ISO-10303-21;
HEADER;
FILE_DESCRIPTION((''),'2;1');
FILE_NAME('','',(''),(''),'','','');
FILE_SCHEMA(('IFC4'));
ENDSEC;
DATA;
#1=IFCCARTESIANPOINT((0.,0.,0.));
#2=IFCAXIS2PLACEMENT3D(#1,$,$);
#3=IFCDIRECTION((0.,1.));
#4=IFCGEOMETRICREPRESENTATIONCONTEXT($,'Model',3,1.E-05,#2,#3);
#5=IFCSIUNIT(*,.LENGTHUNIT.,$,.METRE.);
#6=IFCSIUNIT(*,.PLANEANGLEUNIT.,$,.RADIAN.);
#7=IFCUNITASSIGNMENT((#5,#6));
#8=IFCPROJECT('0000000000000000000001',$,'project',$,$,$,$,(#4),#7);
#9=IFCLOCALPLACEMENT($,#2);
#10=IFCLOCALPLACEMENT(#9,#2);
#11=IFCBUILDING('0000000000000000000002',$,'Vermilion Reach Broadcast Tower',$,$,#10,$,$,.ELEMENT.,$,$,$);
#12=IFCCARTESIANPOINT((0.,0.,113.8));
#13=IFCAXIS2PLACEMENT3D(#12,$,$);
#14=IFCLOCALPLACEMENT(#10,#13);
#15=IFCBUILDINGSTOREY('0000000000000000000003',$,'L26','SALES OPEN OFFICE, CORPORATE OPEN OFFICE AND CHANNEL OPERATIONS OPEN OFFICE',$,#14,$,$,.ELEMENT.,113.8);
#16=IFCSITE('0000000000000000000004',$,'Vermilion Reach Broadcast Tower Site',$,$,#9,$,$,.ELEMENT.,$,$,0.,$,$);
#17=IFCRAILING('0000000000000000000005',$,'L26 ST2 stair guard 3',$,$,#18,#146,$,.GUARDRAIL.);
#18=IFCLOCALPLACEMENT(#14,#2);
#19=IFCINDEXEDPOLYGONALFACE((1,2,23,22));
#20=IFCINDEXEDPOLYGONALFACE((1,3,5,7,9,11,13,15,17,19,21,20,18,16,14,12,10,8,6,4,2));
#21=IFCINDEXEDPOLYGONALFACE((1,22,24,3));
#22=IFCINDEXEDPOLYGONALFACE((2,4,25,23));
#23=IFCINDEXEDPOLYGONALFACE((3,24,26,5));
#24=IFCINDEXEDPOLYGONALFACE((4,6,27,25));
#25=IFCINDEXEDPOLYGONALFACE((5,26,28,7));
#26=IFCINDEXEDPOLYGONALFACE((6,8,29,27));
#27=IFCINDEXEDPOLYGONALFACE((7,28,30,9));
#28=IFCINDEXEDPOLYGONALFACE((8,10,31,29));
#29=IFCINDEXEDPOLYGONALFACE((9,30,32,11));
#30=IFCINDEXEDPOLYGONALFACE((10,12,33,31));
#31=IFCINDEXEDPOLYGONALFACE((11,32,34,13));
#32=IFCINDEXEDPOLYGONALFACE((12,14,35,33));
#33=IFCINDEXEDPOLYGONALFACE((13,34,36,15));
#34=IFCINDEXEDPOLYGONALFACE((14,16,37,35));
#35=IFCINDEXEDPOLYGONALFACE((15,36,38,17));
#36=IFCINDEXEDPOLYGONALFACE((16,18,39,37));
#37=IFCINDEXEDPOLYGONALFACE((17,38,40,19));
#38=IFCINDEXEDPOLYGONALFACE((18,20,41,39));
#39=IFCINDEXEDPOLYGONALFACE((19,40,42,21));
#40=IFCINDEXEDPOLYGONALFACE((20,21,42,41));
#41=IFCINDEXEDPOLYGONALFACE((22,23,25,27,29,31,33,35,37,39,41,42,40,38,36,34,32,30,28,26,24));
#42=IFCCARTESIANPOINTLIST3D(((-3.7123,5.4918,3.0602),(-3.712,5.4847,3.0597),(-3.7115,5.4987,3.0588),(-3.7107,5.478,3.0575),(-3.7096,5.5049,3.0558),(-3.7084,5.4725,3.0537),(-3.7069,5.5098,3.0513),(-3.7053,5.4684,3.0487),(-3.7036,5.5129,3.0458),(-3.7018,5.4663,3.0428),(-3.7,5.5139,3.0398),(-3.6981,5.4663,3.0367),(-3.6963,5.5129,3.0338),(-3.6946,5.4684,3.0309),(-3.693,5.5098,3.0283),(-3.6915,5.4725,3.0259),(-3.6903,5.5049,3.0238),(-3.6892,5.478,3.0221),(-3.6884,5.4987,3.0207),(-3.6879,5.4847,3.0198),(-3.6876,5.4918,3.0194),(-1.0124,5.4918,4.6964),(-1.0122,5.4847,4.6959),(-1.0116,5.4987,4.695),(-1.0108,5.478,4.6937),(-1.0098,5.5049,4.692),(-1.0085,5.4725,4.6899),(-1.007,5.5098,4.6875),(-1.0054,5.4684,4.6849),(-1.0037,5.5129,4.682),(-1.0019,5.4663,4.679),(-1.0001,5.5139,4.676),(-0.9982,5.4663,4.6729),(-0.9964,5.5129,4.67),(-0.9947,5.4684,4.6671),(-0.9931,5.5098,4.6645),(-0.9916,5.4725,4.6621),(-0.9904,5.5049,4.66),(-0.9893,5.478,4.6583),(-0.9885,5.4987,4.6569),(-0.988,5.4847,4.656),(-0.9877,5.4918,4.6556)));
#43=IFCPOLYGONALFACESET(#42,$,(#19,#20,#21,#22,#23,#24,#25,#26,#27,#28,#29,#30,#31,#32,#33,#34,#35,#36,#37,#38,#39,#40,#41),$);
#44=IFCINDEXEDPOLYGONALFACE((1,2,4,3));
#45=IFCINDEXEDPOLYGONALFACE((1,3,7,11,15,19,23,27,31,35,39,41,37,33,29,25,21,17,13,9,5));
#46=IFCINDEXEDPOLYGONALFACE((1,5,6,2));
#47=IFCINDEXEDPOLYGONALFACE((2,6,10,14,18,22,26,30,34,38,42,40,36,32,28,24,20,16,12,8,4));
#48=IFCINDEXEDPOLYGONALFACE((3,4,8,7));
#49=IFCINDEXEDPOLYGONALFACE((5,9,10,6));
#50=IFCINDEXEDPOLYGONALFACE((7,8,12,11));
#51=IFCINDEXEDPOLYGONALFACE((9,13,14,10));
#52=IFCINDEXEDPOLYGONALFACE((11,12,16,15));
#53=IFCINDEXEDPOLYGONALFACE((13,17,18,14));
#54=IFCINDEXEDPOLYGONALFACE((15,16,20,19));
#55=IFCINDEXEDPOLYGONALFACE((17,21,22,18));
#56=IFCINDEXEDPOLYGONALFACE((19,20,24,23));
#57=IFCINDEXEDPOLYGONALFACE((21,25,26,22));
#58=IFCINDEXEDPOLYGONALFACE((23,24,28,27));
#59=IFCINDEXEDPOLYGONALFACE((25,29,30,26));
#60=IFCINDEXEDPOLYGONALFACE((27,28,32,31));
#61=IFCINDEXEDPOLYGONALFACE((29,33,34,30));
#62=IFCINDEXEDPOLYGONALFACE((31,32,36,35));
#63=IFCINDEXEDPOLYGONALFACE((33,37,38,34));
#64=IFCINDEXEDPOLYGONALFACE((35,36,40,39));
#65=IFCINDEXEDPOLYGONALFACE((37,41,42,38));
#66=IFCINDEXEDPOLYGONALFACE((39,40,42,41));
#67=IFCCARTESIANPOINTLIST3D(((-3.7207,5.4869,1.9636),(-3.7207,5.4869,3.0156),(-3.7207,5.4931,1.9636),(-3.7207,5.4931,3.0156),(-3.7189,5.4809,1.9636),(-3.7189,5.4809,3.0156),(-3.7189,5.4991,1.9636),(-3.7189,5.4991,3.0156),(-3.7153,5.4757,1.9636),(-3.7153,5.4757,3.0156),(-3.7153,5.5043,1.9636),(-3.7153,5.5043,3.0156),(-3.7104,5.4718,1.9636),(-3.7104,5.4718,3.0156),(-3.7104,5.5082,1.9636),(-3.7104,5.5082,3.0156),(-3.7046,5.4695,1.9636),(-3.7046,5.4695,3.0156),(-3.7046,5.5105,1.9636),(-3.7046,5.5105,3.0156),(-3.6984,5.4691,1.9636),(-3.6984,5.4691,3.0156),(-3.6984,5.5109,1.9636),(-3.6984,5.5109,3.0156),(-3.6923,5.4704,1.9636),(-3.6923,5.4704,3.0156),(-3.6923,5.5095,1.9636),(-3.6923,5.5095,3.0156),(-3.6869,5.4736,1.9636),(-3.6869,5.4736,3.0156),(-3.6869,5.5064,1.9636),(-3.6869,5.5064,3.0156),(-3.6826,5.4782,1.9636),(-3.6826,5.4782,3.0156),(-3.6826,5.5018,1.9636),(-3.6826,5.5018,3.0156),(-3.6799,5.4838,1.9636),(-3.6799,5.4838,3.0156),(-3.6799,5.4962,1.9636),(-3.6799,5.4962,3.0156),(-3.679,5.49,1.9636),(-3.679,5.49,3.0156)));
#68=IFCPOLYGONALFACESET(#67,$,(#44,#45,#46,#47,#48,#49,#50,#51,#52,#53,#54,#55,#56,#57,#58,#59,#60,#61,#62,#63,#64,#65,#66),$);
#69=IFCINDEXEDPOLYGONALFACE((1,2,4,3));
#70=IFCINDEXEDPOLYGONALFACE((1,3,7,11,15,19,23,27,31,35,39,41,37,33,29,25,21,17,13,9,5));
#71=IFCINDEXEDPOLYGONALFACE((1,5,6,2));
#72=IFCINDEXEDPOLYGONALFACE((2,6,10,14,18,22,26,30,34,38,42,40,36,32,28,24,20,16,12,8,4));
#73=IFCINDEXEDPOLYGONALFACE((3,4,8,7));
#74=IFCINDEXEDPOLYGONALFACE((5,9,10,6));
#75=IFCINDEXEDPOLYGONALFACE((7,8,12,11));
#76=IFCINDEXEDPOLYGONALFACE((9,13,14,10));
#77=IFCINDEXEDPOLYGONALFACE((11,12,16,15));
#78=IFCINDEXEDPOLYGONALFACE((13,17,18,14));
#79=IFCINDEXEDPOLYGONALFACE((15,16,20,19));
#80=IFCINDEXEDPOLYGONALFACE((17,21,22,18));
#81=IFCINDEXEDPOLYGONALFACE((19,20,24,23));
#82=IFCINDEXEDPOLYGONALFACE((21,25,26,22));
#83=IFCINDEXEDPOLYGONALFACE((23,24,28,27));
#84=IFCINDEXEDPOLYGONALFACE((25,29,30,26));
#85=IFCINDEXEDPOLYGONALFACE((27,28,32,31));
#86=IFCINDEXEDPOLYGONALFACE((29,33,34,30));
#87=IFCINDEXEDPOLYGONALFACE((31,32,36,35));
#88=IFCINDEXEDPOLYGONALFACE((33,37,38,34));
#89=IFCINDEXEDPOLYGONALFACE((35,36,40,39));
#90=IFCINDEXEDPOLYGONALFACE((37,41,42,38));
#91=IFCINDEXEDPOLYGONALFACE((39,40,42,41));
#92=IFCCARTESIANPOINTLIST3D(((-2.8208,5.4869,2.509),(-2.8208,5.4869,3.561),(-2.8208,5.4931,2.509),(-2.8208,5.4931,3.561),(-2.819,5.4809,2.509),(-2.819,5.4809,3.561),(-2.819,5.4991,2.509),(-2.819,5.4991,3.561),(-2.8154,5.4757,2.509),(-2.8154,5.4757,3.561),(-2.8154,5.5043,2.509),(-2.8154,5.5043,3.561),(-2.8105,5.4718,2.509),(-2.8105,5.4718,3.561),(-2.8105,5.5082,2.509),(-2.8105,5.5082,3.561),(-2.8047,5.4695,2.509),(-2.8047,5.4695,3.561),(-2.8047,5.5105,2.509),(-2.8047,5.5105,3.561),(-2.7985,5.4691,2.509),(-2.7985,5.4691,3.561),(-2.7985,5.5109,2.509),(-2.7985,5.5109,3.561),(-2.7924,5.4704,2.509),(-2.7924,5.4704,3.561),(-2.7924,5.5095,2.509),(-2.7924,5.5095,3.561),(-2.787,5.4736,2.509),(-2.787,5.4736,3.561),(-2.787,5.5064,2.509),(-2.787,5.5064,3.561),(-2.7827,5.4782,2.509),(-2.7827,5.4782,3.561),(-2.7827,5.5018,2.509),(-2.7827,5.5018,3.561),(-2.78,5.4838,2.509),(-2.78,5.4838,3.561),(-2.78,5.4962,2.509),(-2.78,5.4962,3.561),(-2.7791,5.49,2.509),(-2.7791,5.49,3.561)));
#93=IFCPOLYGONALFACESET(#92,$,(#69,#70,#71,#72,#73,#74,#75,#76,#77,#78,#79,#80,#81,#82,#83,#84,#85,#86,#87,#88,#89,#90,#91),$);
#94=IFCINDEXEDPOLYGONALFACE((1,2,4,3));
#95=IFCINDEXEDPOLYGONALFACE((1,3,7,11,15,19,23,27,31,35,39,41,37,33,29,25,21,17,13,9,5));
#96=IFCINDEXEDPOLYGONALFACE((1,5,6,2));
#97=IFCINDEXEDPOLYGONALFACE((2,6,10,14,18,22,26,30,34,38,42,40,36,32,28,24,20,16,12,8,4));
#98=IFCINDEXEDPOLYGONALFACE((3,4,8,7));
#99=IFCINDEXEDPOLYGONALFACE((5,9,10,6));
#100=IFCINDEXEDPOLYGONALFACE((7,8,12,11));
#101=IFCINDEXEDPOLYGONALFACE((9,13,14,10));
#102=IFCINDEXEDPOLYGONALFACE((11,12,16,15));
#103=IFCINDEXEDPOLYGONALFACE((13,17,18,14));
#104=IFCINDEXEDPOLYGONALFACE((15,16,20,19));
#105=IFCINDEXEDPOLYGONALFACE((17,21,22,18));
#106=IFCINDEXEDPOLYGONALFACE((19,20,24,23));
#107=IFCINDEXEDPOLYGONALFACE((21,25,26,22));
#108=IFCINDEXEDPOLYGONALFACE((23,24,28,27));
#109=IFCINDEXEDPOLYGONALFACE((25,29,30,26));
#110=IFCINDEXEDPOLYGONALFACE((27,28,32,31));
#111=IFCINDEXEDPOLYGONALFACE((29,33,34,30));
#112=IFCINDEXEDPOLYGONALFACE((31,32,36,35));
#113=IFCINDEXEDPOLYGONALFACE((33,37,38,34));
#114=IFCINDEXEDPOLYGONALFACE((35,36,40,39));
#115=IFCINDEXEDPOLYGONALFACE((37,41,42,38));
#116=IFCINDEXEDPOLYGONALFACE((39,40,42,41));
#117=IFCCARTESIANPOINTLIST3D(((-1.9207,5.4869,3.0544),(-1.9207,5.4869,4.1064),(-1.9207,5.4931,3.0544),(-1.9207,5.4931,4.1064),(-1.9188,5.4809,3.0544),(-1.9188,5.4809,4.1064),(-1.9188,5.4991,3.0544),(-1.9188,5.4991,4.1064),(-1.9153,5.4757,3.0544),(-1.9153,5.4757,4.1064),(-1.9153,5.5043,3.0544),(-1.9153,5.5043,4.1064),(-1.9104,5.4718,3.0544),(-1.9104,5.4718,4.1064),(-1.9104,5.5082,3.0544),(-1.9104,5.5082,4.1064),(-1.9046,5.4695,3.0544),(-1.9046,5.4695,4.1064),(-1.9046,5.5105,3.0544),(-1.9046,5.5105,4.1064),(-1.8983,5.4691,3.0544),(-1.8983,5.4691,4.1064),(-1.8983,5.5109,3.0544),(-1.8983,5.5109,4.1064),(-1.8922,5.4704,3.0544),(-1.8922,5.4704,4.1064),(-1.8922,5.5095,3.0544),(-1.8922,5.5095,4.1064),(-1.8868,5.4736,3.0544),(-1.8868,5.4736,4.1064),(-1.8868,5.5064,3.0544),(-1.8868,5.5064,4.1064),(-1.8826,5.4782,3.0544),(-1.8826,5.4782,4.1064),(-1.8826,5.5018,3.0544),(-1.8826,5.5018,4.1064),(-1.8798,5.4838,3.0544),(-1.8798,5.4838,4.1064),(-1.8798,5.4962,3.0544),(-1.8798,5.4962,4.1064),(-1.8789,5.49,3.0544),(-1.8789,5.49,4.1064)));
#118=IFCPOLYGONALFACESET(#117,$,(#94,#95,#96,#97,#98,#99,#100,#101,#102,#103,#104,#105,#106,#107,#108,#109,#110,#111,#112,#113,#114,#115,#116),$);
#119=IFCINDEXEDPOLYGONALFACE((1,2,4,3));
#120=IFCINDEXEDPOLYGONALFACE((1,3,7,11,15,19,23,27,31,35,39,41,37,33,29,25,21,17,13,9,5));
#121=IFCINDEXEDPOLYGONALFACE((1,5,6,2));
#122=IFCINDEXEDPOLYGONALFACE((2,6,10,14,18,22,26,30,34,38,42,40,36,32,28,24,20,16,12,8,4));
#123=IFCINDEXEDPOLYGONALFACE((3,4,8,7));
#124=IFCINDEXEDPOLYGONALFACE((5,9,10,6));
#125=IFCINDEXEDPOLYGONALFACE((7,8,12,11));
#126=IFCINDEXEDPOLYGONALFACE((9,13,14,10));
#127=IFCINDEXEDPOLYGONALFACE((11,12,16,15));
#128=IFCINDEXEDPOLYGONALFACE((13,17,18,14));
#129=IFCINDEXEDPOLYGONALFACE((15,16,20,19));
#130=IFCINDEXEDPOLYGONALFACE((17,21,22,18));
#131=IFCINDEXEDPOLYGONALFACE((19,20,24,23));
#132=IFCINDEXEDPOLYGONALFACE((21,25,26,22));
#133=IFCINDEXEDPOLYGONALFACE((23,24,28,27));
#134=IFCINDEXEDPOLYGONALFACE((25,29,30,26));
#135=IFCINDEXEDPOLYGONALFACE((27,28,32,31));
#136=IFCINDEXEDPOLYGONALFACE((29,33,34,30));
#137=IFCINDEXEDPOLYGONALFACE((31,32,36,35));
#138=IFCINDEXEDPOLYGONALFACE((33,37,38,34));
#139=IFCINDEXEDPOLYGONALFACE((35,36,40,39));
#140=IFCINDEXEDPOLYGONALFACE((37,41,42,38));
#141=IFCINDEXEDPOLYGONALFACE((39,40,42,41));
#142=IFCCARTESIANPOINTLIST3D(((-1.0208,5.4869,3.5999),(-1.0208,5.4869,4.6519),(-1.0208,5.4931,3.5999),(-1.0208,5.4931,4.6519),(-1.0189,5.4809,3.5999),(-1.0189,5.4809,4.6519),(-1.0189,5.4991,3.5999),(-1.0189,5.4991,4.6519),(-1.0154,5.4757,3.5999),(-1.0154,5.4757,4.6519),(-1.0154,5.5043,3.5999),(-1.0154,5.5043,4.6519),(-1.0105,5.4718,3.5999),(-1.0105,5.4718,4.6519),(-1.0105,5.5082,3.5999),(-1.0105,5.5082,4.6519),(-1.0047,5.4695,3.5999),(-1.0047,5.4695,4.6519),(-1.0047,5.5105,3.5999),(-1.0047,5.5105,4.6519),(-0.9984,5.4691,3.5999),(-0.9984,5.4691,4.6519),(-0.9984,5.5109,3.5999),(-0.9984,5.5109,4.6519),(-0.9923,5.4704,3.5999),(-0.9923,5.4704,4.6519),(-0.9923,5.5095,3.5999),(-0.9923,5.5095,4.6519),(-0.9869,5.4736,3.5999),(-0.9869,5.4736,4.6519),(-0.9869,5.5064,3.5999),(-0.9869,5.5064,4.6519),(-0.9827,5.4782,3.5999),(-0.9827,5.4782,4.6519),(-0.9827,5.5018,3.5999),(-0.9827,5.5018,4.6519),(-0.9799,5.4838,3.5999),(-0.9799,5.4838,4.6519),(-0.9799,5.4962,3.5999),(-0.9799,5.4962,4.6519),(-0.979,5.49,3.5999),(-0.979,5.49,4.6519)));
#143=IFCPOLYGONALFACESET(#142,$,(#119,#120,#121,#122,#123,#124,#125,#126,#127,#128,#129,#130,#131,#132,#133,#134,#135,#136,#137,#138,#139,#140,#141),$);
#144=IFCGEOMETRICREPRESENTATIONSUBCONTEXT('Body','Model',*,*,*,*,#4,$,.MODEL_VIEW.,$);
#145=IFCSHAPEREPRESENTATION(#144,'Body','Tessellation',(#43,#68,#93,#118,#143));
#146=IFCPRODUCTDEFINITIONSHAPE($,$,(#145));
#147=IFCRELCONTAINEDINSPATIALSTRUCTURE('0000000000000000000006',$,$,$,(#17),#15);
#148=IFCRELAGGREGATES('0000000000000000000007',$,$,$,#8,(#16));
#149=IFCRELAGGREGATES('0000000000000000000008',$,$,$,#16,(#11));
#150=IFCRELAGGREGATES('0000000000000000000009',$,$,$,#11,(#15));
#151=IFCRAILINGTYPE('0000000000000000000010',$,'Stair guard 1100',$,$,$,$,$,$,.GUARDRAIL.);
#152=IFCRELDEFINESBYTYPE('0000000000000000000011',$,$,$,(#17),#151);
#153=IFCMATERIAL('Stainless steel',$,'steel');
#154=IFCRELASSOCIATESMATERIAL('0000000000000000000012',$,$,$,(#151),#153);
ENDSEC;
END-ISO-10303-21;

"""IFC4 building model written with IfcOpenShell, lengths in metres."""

from ifc_helpers import new_model, si_unit, direction, frame, origin, origin_2d, place, context, subcontext, project, spatial, circle, extrude, material, type_object, element, save


model = new_model("IFC4")

# Units and contexts
model_context = context("Model", 3, precision=1e-05, world=origin(), true_north=direction((0.0, 1.0)))
body_context = subcontext(model_context, "Body", "Model", "MODEL_VIEW")
ifc_project = project(units=[si_unit("LENGTHUNIT", "METRE"), si_unit("PLANEANGLEUNIT", "RADIAN")], contexts=[model_context])

# Site, building, storey
site_placement = place(None, origin())
site = spatial("IfcSite", under=ifc_project, at=site_placement, Name="Vermilion Reach Broadcast Tower Site", CompositionType="ELEMENT", RefElevation=0.0)
building_placement = place(site_placement, origin())
building = spatial("IfcBuilding", under=site, at=building_placement, Name="Vermilion Reach Broadcast Tower", CompositionType="ELEMENT")
storey_placement = place(building_placement, frame((0.0, 0.0, 113.8)))
storey = spatial("IfcBuildingStorey", under=building, at=storey_placement, Name="L26", Description="SALES OPEN OFFICE, CORPORATE OPEN OFFICE AND CHANNEL OPERATIONS OPEN OFFICE", CompositionType="ELEMENT", Elevation=113.8)

# Railing
ifc_material_1 = material(Name="Stainless steel", Category="steel")
railing_type_1 = type_object("IfcRailingType", Name="Stair guard 1100", PredefinedType="GUARDRAIL", material=ifc_material_1)
railing_1_placement = place(storey_placement, frame((-3.7, 5.49, 1.9636)))
element("IfcRailing", 1, at=railing_1_placement, inside=storey, type_object=railing_type_1, Name="L26 ST2 stair guard 3", PredefinedType="GUARDRAIL", context=body_context, shape_type="SweptSolid", body=[
    extrude(circle(Radius=0.0239, at=origin_2d()), frame((0.0, 0.0, 1.0762), z_axis=(0.855212, 0.0, 0.518278), x_axis=(0.0, 1.0, 0.0)), (0.0, 0.0, 1.0), 3.157),
    extrude(circle(Radius=0.021, at=origin_2d()), origin(), (0.0, 0.0, 1.0), 1.052),
    extrude(circle(Radius=0.021, at=origin_2d()), frame((0.8999, 0.0, 0.5454)), (0.0, 0.0, 1.0), 1.052),
    extrude(circle(Radius=0.021, at=origin_2d()), frame((1.8, 0.0, 1.0908)), (0.0, 0.0, 1.0), 1.052),
    extrude(circle(Radius=0.021, at=origin_2d()), frame((2.7, 0.0, 1.6362)), (0.0, 0.0, 1.0), 1.052),
])

save(model, "model.ifc")
